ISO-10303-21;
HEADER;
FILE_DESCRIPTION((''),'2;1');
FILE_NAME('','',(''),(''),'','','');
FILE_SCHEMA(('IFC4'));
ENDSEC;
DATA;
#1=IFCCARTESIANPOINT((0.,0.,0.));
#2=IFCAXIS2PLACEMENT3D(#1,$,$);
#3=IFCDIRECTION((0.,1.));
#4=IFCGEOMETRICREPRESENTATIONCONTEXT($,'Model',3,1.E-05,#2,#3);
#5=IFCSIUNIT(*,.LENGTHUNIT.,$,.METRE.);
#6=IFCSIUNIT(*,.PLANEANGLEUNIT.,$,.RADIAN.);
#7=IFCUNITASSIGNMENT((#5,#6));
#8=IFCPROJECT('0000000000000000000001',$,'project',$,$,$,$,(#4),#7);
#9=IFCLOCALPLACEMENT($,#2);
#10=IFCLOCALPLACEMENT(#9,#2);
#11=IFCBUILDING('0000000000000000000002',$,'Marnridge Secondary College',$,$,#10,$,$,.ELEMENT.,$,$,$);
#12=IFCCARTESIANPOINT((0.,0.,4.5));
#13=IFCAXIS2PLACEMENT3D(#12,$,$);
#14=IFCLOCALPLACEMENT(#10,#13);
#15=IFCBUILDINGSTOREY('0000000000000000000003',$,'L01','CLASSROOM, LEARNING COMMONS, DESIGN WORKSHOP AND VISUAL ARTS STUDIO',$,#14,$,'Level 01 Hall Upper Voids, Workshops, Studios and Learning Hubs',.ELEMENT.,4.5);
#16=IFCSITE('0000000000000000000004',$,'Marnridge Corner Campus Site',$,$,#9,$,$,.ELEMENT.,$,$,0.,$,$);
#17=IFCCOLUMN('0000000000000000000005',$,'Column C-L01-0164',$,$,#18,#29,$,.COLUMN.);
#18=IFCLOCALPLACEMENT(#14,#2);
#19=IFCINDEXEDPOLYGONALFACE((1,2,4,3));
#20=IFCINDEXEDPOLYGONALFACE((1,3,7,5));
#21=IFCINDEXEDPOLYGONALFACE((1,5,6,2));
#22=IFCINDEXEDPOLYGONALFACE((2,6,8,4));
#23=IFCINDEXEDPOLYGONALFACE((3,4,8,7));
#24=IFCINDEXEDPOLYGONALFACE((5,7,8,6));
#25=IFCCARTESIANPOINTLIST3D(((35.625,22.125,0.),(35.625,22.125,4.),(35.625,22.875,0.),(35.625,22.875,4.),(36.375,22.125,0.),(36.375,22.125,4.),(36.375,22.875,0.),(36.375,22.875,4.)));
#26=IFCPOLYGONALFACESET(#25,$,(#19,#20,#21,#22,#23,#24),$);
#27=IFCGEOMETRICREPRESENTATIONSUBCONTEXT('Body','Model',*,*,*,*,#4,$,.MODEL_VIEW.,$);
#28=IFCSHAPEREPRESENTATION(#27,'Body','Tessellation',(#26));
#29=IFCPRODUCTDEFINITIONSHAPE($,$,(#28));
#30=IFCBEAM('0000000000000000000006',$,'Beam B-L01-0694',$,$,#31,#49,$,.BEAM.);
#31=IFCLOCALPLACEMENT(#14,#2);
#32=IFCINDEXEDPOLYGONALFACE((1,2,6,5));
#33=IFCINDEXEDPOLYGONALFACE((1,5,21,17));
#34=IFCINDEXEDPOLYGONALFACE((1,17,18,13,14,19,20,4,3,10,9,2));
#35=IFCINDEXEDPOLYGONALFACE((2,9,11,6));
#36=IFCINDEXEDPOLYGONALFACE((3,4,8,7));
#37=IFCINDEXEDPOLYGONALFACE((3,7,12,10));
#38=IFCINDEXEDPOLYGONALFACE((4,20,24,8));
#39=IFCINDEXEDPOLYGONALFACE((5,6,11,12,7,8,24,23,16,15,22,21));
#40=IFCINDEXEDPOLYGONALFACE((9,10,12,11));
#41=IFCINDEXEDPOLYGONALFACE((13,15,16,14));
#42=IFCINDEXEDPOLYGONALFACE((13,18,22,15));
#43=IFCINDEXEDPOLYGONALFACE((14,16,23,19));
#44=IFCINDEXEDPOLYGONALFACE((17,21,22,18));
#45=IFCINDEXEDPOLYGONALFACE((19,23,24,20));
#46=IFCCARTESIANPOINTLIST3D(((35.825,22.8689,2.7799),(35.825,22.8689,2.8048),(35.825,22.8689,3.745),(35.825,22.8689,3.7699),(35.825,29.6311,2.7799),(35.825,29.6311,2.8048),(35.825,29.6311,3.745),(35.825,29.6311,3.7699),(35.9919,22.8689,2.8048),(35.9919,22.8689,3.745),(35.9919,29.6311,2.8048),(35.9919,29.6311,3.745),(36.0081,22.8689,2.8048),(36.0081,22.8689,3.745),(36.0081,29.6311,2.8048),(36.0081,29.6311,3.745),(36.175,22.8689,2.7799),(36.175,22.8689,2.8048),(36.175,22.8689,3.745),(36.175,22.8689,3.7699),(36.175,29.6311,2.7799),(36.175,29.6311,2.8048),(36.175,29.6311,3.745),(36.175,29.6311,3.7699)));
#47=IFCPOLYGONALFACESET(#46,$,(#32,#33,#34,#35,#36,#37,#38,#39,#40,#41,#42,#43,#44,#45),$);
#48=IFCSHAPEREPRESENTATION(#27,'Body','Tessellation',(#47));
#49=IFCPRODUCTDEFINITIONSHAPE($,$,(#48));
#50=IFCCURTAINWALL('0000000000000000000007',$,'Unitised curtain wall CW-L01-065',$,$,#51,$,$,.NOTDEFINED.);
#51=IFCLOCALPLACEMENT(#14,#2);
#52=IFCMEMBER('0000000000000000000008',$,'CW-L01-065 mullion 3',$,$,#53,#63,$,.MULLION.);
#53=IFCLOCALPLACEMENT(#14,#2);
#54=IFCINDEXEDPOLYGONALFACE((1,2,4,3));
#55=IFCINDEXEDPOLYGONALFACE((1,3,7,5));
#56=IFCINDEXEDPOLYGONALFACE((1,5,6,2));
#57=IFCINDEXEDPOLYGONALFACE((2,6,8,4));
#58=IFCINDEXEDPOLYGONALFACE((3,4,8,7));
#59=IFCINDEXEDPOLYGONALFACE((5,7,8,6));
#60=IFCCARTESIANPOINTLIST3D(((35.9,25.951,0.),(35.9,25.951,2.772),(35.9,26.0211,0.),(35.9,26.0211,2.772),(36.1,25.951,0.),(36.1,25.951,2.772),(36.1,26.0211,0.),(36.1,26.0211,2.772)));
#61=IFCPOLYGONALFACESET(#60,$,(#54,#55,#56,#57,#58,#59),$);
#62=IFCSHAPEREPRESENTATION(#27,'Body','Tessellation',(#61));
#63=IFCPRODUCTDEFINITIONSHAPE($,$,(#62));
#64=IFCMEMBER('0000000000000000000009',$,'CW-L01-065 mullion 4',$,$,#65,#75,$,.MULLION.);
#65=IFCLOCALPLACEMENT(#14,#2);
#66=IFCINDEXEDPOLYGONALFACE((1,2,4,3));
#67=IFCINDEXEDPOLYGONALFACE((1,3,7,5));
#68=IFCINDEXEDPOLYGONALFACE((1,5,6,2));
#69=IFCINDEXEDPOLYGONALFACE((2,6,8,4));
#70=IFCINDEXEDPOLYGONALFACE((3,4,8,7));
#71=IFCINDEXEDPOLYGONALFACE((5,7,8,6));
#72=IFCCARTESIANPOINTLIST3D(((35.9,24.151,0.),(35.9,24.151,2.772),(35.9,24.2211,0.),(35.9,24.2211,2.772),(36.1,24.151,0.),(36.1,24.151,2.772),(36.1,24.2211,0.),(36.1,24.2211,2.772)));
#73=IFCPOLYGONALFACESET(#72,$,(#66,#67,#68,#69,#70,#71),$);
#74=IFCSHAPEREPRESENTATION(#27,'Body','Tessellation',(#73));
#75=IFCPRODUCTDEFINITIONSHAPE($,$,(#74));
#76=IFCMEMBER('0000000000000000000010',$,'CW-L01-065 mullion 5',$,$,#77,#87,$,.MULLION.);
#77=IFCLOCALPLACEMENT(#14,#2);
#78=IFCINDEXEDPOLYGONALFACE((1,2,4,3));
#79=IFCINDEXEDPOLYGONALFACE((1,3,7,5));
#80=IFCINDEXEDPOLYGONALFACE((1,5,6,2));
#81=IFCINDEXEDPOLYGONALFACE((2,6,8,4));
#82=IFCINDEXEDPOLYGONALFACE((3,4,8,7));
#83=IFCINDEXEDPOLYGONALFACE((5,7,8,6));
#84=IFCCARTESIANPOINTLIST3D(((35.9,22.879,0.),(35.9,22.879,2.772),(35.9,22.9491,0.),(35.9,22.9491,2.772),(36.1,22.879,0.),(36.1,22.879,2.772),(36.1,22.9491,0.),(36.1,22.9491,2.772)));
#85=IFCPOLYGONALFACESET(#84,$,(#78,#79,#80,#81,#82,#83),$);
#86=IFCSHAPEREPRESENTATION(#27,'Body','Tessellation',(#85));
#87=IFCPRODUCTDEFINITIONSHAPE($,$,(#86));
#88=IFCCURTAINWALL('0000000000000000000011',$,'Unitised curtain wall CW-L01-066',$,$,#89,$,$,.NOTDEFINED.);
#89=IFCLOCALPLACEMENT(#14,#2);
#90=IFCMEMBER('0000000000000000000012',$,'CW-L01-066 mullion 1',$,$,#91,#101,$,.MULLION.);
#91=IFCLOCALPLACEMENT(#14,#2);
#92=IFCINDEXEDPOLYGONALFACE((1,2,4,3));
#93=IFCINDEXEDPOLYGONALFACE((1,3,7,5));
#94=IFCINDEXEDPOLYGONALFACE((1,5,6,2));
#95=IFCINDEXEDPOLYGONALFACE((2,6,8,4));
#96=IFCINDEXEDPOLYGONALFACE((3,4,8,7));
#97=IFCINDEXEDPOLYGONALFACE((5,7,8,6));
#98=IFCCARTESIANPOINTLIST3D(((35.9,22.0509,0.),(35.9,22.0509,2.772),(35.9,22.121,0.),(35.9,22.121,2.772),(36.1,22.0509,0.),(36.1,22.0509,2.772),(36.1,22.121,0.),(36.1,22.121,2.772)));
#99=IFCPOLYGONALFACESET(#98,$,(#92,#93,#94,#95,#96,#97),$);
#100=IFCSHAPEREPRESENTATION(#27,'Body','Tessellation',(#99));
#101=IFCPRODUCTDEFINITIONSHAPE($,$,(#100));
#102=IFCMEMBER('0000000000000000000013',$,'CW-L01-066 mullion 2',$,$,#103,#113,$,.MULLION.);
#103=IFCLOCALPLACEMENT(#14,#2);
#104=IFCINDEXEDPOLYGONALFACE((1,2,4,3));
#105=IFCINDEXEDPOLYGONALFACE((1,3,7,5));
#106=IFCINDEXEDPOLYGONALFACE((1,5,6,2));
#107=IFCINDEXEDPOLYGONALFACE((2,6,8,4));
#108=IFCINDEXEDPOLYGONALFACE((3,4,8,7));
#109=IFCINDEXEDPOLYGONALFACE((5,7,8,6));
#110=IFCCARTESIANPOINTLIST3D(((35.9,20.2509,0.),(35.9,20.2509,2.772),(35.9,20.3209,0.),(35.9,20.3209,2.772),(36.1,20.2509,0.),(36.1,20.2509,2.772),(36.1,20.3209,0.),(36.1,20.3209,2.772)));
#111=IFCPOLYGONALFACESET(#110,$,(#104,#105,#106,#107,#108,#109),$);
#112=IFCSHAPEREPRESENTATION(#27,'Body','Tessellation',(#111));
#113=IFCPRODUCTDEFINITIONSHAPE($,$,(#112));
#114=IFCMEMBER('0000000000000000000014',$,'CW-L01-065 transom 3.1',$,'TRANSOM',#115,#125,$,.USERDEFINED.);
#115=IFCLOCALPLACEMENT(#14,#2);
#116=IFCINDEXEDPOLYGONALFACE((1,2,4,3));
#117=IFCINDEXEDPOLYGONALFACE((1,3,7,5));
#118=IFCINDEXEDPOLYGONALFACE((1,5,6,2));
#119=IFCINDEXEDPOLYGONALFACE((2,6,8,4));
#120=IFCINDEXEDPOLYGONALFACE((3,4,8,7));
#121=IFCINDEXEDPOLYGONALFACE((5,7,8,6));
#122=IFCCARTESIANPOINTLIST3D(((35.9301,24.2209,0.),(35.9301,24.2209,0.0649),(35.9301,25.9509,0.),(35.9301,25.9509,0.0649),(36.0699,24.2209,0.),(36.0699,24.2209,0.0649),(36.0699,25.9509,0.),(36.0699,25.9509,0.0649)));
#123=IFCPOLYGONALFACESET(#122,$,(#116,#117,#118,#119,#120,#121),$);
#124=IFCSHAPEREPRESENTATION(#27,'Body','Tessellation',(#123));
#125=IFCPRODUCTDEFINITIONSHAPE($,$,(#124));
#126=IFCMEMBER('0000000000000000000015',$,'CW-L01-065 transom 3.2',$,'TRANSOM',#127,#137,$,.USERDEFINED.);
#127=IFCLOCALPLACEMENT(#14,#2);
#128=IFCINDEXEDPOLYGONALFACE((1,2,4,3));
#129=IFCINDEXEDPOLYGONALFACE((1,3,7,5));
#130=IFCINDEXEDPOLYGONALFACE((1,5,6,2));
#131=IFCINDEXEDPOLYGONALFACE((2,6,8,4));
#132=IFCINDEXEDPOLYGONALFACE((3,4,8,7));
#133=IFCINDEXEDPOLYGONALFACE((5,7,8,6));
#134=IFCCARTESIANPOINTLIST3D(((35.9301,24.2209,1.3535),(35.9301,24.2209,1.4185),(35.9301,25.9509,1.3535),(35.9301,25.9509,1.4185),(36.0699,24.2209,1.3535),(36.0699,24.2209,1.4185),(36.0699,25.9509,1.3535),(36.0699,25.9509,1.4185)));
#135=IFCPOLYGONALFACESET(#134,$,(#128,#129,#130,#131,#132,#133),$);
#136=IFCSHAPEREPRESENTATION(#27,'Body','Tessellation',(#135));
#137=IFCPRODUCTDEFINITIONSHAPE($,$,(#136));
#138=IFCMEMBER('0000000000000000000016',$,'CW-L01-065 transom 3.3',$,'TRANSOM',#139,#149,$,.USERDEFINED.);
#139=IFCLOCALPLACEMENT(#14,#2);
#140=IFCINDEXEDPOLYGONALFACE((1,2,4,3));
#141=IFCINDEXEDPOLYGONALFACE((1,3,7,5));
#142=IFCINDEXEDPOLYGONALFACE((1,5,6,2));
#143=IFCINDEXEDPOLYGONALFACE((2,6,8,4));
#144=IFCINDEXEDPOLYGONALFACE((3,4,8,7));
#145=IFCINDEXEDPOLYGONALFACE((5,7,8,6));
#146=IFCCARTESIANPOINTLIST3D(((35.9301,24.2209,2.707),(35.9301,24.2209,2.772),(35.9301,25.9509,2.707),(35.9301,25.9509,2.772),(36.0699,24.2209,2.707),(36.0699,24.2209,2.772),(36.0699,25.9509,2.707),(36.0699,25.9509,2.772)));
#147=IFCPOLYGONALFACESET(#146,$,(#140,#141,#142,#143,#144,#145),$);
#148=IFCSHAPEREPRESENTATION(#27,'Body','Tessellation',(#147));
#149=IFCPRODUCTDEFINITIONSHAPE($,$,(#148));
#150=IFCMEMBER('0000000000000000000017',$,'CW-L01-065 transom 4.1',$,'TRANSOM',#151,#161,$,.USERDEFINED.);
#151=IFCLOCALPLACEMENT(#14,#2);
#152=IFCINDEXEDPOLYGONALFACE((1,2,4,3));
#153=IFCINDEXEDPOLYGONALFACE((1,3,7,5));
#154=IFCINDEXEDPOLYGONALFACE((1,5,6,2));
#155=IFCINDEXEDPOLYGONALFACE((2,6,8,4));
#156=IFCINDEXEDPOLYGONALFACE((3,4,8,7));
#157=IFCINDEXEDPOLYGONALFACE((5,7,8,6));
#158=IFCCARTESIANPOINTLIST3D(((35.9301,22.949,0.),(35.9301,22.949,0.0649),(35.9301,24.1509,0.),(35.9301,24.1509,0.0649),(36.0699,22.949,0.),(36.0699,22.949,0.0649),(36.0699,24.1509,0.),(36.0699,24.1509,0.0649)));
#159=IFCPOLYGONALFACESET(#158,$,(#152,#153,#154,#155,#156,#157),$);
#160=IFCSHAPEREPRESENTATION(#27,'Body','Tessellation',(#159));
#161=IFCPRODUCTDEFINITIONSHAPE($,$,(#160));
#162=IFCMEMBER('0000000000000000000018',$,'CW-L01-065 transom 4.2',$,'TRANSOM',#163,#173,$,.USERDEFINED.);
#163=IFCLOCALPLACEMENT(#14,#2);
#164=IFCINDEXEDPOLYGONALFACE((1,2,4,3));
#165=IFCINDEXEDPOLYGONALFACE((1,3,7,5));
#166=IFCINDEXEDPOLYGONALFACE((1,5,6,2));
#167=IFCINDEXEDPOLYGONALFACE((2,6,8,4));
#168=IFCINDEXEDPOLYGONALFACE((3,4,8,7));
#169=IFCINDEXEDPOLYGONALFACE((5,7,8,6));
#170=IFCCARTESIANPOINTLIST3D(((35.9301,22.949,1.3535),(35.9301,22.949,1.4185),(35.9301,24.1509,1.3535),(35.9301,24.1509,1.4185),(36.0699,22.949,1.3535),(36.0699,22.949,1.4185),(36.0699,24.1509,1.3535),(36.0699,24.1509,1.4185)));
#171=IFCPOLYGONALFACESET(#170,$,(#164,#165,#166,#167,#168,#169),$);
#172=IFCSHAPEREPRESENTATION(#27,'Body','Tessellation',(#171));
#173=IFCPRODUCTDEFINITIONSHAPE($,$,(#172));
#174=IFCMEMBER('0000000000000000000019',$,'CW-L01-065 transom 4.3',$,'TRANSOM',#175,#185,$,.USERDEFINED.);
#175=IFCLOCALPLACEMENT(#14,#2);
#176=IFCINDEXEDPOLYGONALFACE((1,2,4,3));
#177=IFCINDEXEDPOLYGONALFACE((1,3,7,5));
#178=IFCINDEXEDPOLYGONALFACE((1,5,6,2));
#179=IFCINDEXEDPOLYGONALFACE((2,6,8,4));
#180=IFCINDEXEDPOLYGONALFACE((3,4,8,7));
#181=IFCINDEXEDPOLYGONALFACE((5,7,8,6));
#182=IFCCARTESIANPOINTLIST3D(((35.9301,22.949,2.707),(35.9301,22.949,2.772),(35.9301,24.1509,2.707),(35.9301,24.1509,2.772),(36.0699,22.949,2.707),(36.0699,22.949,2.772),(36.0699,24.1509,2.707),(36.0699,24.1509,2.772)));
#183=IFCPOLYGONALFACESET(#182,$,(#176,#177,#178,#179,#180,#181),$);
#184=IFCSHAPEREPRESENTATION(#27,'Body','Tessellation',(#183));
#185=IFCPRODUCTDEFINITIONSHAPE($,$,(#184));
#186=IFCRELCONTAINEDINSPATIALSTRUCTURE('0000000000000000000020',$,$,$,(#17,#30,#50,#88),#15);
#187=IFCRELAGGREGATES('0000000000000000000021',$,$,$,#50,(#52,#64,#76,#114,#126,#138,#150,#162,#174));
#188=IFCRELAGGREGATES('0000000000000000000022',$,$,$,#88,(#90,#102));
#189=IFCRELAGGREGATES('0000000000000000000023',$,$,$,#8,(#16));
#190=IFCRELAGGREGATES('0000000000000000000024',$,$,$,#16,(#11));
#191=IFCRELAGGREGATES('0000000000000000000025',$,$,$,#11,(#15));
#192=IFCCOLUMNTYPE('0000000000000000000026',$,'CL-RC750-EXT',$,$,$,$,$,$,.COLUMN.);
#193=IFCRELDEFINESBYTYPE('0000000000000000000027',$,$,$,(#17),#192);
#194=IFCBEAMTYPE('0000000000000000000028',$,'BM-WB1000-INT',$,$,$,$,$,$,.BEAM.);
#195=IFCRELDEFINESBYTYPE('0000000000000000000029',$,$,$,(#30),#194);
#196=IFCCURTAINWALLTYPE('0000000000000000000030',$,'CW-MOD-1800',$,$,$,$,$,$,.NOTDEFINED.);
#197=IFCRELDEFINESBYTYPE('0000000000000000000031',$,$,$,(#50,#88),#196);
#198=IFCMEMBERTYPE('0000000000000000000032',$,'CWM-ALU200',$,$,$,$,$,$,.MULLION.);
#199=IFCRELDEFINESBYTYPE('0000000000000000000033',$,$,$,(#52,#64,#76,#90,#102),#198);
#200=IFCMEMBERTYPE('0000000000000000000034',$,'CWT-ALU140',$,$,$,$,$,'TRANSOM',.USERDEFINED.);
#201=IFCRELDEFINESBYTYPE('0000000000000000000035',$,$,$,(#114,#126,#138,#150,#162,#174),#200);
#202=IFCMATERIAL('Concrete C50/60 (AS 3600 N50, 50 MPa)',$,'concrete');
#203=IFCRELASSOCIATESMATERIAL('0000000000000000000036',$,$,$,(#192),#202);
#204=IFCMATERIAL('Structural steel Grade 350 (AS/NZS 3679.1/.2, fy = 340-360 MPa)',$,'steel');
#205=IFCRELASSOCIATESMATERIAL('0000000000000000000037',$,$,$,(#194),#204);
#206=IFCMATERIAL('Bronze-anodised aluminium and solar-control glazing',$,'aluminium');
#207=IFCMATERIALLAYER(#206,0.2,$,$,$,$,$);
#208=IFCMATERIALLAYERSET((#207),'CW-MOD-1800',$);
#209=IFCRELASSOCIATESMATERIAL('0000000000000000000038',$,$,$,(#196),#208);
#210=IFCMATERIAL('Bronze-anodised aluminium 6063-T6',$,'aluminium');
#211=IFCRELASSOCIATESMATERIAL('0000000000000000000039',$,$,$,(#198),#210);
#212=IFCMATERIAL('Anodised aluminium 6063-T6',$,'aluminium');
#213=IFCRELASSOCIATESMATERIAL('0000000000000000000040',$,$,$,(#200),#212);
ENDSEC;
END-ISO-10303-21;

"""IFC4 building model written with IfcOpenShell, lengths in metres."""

from ifc_helpers import new_model, si_unit, direction, frame, origin, origin_2d, place, context, subcontext, project, spatial, rectangle, i_section, extrude, material, layer, layer_set, material_profile, profile_set, type_object, element, aggregate, save


model = new_model("IFC4")

# Units and contexts
model_context = context("Model", 3, precision=1e-05, world=origin(), true_north=direction((0.0, 1.0)))
body_context = subcontext(model_context, "Body", "Model", "MODEL_VIEW")
ifc_project = project(units=[si_unit("LENGTHUNIT", "METRE"), si_unit("PLANEANGLEUNIT", "RADIAN")], contexts=[model_context])

# Site, building, storey
site_placement = place(None, origin())
site = spatial("IfcSite", under=ifc_project, at=site_placement, Name="Marnridge Corner Campus Site", CompositionType="ELEMENT", RefElevation=0.0)
building_placement = place(site_placement, origin())
building = spatial("IfcBuilding", under=site, at=building_placement, Name="Marnridge Secondary College", CompositionType="ELEMENT")
storey_placement = place(building_placement, frame((0.0, 0.0, 4.5)))
storey = spatial("IfcBuildingStorey", under=building, at=storey_placement, Name="L01", Description="CLASSROOM, LEARNING COMMONS, DESIGN WORKSHOP AND VISUAL ARTS STUDIO", LongName="Level 01 Hall Upper Voids, Workshops, Studios and Learning Hubs", CompositionType="ELEMENT", Elevation=4.5)

# Column
ifc_material_1 = material(Name="Concrete C50/60 (AS 3600 N50, 50 MPa)", Category="concrete")
ifc_material_profile_1 = material_profile(ifc_material_1, rectangle(XDim=0.75, YDim=0.75, at=origin_2d()), Name="RC 750x750")
ifc_profile_set_1 = profile_set([ifc_material_profile_1], Name="Concrete C50/60 (AS 3600 N50, 50 MPa)")
column_type = type_object("IfcColumnType", Name="CL-RC750-EXT", PredefinedType="COLUMN", material=ifc_profile_set_1)
column_placement = place(storey_placement, frame((36.0, 22.5, 0.0), z_axis=(0.0, 0.0, 1.0), x_axis=(1.0, 0.0, 0.0)))
element("IfcColumn", 1, at=column_placement, inside=storey, type_object=column_type, Name="Column C-L01-0164", PredefinedType="COLUMN", context=body_context, shape_type="SweptSolid", body=[
    extrude(rectangle(XDim=0.75, YDim=0.75, at=origin_2d()), origin(), (0.0, 0.0, 1.0), 4.0),
])

# Beam
ifc_material_2 = material(Name="Structural steel Grade 350 (AS/NZS 3679.1/.2, fy = 340-360 MPa)", Category="steel")
ifc_material_profile_2 = material_profile(ifc_material_2, i_section(OverallWidth=0.3501, OverallDepth=0.99, WebThickness=0.0161, FlangeThickness=0.0249, at=origin_2d()), Name="1000WB258")
ifc_profile_set_2 = profile_set([ifc_material_profile_2], Name="Structural steel Grade 350 (AS/NZS 3679.1/.2, fy = 340-360 MPa)")
beam_type = type_object("IfcBeamType", Name="BM-WB1000-INT", PredefinedType="BEAM", material=ifc_profile_set_2)
beam_placement = place(storey_placement, frame((36.0, 22.8689, 3.2749), z_axis=(0.0, 1.0, 0.0), x_axis=(-1.0, 0.0, 0.0)))
element("IfcBeam", 2, at=beam_placement, inside=storey, type_object=beam_type, Name="Beam B-L01-0694", PredefinedType="BEAM", context=body_context, shape_type="SweptSolid", body=[
    extrude(i_section(OverallWidth=0.3501, OverallDepth=0.99, WebThickness=0.0161, FlangeThickness=0.0249, at=origin_2d()), origin(), (0.0, 0.0, 1.0), 6.7622),
])

# Curtain walls, members
ifc_material_3 = material(Name="Bronze-anodised aluminium and solar-control glazing", Category="aluminium")
ifc_layer_1 = layer(ifc_material_3, 0.2)
ifc_layer_set_1 = layer_set([ifc_layer_1], Name="CW-MOD-1800")
curtain_wall_type = type_object("IfcCurtainWallType", Name="CW-MOD-1800", PredefinedType="NOTDEFINED", material=ifc_layer_set_1)
curtain_wall_1_placement = place(storey_placement, origin())
curtain_wall_1 = element("IfcCurtainWall", 3, at=curtain_wall_1_placement, inside=storey, type_object=curtain_wall_type, Name="Unitised curtain wall CW-L01-065", PredefinedType="NOTDEFINED")
ifc_material_4 = material(Name="Bronze-anodised aluminium 6063-T6", Category="aluminium")
ifc_material_profile_3 = material_profile(ifc_material_4, rectangle(XDim=0.0701, YDim=0.2, at=origin_2d()), Name="ALU 70x200")
ifc_profile_set_3 = profile_set([ifc_material_profile_3], Name="Bronze-anodised aluminium 6063-T6")
member_type_1 = type_object("IfcMemberType", Name="CWM-ALU200", PredefinedType="MULLION", material=ifc_profile_set_3)
member_1_placement = place(storey_placement, frame((36.0, 25.9861, 0.0), z_axis=(0.0, 0.0, 1.0), x_axis=(0.0, -1.0, 0.0)))
member_1 = element("IfcMember", 4, at=member_1_placement, type_object=member_type_1, Name="CW-L01-065 mullion 3", PredefinedType="MULLION", context=body_context, shape_type="SweptSolid", body=[
    extrude(rectangle(XDim=0.0701, YDim=0.2, at=origin_2d()), origin(), (0.0, 0.0, 1.0), 2.772),
])
member_2_placement = place(storey_placement, frame((36.0, 24.186, 0.0), z_axis=(0.0, 0.0, 1.0), x_axis=(0.0, -1.0, 0.0)))
member_2 = element("IfcMember", 5, at=member_2_placement, type_object=member_type_1, Name="CW-L01-065 mullion 4", PredefinedType="MULLION", context=body_context, shape_type="SweptSolid", body=[
    extrude(rectangle(XDim=0.0701, YDim=0.2, at=origin_2d()), origin(), (0.0, 0.0, 1.0), 2.772),
])
member_3_placement = place(storey_placement, frame((36.0, 22.9141, 0.0), z_axis=(0.0, 0.0, 1.0), x_axis=(0.0, -1.0, 0.0)))
member_3 = element("IfcMember", 6, at=member_3_placement, type_object=member_type_1, Name="CW-L01-065 mullion 5", PredefinedType="MULLION", context=body_context, shape_type="SweptSolid", body=[
    extrude(rectangle(XDim=0.0701, YDim=0.2, at=origin_2d()), origin(), (0.0, 0.0, 1.0), 2.772),
])
curtain_wall_2_placement = place(storey_placement, origin())
curtain_wall_2 = element("IfcCurtainWall", 7, at=curtain_wall_2_placement, inside=storey, type_object=curtain_wall_type, Name="Unitised curtain wall CW-L01-066", PredefinedType="NOTDEFINED")
member_4_placement = place(storey_placement, frame((36.0, 22.0859, 0.0), z_axis=(0.0, 0.0, 1.0), x_axis=(0.0, -1.0, 0.0)))
member_4 = element("IfcMember", 8, at=member_4_placement, type_object=member_type_1, Name="CW-L01-066 mullion 1", PredefinedType="MULLION", context=body_context, shape_type="SweptSolid", body=[
    extrude(rectangle(XDim=0.0701, YDim=0.2, at=origin_2d()), origin(), (0.0, 0.0, 1.0), 2.772),
])
member_5_placement = place(storey_placement, frame((36.0, 20.2859, 0.0), z_axis=(0.0, 0.0, 1.0), x_axis=(0.0, -1.0, 0.0)))
member_5 = element("IfcMember", 9, at=member_5_placement, type_object=member_type_1, Name="CW-L01-066 mullion 2", PredefinedType="MULLION", context=body_context, shape_type="SweptSolid", body=[
    extrude(rectangle(XDim=0.0701, YDim=0.2, at=origin_2d()), origin(), (0.0, 0.0, 1.0), 2.772),
])

# Members
ifc_material_5 = material(Name="Anodised aluminium 6063-T6", Category="aluminium")
ifc_material_profile_4 = material_profile(ifc_material_5, rectangle(XDim=0.0649, YDim=0.1399, at=origin_2d()), Name="ALU 65x140")
ifc_profile_set_4 = profile_set([ifc_material_profile_4], Name="Anodised aluminium 6063-T6")
member_type_2 = type_object("IfcMemberType", Name="CWT-ALU140", ElementType="TRANSOM", PredefinedType="USERDEFINED", material=ifc_profile_set_4)
member_6_placement = place(storey_placement, frame((36.0, 25.9509, 0.0325), z_axis=(0.0, -1.0, 0.0), x_axis=(0.0, 0.0, 1.0)))
member_6 = element("IfcMember", 10, at=member_6_placement, type_object=member_type_2, Name="CW-L01-065 transom 3.1", ObjectType="TRANSOM", PredefinedType="USERDEFINED", context=body_context, shape_type="SweptSolid", body=[
    extrude(rectangle(XDim=0.0649, YDim=0.1399, at=origin_2d()), origin(), (0.0, 0.0, 1.0), 1.73),
])
member_7_placement = place(storey_placement, frame((36.0, 25.9509, 1.386), z_axis=(0.0, -1.0, 0.0), x_axis=(0.0, 0.0, 1.0)))
member_7 = element("IfcMember", 11, at=member_7_placement, type_object=member_type_2, Name="CW-L01-065 transom 3.2", ObjectType="TRANSOM", PredefinedType="USERDEFINED", context=body_context, shape_type="SweptSolid", body=[
    extrude(rectangle(XDim=0.0649, YDim=0.1399, at=origin_2d()), origin(), (0.0, 0.0, 1.0), 1.73),
])
member_8_placement = place(storey_placement, frame((36.0, 25.9509, 2.7395), z_axis=(0.0, -1.0, 0.0), x_axis=(0.0, 0.0, 1.0)))
member_8 = element("IfcMember", 12, at=member_8_placement, type_object=member_type_2, Name="CW-L01-065 transom 3.3", ObjectType="TRANSOM", PredefinedType="USERDEFINED", context=body_context, shape_type="SweptSolid", body=[
    extrude(rectangle(XDim=0.0649, YDim=0.1399, at=origin_2d()), origin(), (0.0, 0.0, 1.0), 1.73),
])
member_9_placement = place(storey_placement, frame((36.0, 24.1509, 0.0325), z_axis=(0.0, -1.0, 0.0), x_axis=(0.0, 0.0, 1.0)))
member_9 = element("IfcMember", 13, at=member_9_placement, type_object=member_type_2, Name="CW-L01-065 transom 4.1", ObjectType="TRANSOM", PredefinedType="USERDEFINED", context=body_context, shape_type="SweptSolid", body=[
    extrude(rectangle(XDim=0.0649, YDim=0.1399, at=origin_2d()), origin(), (0.0, 0.0, 1.0), 1.2019),
])
member_10_placement = place(storey_placement, frame((36.0, 24.1509, 1.386), z_axis=(0.0, -1.0, 0.0), x_axis=(0.0, 0.0, 1.0)))
member_10 = element("IfcMember", 14, at=member_10_placement, type_object=member_type_2, Name="CW-L01-065 transom 4.2", ObjectType="TRANSOM", PredefinedType="USERDEFINED", context=body_context, shape_type="SweptSolid", body=[
    extrude(rectangle(XDim=0.0649, YDim=0.1399, at=origin_2d()), origin(), (0.0, 0.0, 1.0), 1.2019),
])
member_11_placement = place(storey_placement, frame((36.0, 24.1509, 2.7395), z_axis=(0.0, -1.0, 0.0), x_axis=(0.0, 0.0, 1.0)))
member_11 = element("IfcMember", 15, at=member_11_placement, type_object=member_type_2, Name="CW-L01-065 transom 4.3", ObjectType="TRANSOM", PredefinedType="USERDEFINED", context=body_context, shape_type="SweptSolid", body=[
    extrude(rectangle(XDim=0.0649, YDim=0.1399, at=origin_2d()), origin(), (0.0, 0.0, 1.0), 1.2019),
])

aggregate(curtain_wall_1, [member_1, member_2, member_3, member_6, member_7, member_8, member_9, member_10, member_11])
aggregate(curtain_wall_2, [member_4, member_5])

save(model, "model.ifc")
